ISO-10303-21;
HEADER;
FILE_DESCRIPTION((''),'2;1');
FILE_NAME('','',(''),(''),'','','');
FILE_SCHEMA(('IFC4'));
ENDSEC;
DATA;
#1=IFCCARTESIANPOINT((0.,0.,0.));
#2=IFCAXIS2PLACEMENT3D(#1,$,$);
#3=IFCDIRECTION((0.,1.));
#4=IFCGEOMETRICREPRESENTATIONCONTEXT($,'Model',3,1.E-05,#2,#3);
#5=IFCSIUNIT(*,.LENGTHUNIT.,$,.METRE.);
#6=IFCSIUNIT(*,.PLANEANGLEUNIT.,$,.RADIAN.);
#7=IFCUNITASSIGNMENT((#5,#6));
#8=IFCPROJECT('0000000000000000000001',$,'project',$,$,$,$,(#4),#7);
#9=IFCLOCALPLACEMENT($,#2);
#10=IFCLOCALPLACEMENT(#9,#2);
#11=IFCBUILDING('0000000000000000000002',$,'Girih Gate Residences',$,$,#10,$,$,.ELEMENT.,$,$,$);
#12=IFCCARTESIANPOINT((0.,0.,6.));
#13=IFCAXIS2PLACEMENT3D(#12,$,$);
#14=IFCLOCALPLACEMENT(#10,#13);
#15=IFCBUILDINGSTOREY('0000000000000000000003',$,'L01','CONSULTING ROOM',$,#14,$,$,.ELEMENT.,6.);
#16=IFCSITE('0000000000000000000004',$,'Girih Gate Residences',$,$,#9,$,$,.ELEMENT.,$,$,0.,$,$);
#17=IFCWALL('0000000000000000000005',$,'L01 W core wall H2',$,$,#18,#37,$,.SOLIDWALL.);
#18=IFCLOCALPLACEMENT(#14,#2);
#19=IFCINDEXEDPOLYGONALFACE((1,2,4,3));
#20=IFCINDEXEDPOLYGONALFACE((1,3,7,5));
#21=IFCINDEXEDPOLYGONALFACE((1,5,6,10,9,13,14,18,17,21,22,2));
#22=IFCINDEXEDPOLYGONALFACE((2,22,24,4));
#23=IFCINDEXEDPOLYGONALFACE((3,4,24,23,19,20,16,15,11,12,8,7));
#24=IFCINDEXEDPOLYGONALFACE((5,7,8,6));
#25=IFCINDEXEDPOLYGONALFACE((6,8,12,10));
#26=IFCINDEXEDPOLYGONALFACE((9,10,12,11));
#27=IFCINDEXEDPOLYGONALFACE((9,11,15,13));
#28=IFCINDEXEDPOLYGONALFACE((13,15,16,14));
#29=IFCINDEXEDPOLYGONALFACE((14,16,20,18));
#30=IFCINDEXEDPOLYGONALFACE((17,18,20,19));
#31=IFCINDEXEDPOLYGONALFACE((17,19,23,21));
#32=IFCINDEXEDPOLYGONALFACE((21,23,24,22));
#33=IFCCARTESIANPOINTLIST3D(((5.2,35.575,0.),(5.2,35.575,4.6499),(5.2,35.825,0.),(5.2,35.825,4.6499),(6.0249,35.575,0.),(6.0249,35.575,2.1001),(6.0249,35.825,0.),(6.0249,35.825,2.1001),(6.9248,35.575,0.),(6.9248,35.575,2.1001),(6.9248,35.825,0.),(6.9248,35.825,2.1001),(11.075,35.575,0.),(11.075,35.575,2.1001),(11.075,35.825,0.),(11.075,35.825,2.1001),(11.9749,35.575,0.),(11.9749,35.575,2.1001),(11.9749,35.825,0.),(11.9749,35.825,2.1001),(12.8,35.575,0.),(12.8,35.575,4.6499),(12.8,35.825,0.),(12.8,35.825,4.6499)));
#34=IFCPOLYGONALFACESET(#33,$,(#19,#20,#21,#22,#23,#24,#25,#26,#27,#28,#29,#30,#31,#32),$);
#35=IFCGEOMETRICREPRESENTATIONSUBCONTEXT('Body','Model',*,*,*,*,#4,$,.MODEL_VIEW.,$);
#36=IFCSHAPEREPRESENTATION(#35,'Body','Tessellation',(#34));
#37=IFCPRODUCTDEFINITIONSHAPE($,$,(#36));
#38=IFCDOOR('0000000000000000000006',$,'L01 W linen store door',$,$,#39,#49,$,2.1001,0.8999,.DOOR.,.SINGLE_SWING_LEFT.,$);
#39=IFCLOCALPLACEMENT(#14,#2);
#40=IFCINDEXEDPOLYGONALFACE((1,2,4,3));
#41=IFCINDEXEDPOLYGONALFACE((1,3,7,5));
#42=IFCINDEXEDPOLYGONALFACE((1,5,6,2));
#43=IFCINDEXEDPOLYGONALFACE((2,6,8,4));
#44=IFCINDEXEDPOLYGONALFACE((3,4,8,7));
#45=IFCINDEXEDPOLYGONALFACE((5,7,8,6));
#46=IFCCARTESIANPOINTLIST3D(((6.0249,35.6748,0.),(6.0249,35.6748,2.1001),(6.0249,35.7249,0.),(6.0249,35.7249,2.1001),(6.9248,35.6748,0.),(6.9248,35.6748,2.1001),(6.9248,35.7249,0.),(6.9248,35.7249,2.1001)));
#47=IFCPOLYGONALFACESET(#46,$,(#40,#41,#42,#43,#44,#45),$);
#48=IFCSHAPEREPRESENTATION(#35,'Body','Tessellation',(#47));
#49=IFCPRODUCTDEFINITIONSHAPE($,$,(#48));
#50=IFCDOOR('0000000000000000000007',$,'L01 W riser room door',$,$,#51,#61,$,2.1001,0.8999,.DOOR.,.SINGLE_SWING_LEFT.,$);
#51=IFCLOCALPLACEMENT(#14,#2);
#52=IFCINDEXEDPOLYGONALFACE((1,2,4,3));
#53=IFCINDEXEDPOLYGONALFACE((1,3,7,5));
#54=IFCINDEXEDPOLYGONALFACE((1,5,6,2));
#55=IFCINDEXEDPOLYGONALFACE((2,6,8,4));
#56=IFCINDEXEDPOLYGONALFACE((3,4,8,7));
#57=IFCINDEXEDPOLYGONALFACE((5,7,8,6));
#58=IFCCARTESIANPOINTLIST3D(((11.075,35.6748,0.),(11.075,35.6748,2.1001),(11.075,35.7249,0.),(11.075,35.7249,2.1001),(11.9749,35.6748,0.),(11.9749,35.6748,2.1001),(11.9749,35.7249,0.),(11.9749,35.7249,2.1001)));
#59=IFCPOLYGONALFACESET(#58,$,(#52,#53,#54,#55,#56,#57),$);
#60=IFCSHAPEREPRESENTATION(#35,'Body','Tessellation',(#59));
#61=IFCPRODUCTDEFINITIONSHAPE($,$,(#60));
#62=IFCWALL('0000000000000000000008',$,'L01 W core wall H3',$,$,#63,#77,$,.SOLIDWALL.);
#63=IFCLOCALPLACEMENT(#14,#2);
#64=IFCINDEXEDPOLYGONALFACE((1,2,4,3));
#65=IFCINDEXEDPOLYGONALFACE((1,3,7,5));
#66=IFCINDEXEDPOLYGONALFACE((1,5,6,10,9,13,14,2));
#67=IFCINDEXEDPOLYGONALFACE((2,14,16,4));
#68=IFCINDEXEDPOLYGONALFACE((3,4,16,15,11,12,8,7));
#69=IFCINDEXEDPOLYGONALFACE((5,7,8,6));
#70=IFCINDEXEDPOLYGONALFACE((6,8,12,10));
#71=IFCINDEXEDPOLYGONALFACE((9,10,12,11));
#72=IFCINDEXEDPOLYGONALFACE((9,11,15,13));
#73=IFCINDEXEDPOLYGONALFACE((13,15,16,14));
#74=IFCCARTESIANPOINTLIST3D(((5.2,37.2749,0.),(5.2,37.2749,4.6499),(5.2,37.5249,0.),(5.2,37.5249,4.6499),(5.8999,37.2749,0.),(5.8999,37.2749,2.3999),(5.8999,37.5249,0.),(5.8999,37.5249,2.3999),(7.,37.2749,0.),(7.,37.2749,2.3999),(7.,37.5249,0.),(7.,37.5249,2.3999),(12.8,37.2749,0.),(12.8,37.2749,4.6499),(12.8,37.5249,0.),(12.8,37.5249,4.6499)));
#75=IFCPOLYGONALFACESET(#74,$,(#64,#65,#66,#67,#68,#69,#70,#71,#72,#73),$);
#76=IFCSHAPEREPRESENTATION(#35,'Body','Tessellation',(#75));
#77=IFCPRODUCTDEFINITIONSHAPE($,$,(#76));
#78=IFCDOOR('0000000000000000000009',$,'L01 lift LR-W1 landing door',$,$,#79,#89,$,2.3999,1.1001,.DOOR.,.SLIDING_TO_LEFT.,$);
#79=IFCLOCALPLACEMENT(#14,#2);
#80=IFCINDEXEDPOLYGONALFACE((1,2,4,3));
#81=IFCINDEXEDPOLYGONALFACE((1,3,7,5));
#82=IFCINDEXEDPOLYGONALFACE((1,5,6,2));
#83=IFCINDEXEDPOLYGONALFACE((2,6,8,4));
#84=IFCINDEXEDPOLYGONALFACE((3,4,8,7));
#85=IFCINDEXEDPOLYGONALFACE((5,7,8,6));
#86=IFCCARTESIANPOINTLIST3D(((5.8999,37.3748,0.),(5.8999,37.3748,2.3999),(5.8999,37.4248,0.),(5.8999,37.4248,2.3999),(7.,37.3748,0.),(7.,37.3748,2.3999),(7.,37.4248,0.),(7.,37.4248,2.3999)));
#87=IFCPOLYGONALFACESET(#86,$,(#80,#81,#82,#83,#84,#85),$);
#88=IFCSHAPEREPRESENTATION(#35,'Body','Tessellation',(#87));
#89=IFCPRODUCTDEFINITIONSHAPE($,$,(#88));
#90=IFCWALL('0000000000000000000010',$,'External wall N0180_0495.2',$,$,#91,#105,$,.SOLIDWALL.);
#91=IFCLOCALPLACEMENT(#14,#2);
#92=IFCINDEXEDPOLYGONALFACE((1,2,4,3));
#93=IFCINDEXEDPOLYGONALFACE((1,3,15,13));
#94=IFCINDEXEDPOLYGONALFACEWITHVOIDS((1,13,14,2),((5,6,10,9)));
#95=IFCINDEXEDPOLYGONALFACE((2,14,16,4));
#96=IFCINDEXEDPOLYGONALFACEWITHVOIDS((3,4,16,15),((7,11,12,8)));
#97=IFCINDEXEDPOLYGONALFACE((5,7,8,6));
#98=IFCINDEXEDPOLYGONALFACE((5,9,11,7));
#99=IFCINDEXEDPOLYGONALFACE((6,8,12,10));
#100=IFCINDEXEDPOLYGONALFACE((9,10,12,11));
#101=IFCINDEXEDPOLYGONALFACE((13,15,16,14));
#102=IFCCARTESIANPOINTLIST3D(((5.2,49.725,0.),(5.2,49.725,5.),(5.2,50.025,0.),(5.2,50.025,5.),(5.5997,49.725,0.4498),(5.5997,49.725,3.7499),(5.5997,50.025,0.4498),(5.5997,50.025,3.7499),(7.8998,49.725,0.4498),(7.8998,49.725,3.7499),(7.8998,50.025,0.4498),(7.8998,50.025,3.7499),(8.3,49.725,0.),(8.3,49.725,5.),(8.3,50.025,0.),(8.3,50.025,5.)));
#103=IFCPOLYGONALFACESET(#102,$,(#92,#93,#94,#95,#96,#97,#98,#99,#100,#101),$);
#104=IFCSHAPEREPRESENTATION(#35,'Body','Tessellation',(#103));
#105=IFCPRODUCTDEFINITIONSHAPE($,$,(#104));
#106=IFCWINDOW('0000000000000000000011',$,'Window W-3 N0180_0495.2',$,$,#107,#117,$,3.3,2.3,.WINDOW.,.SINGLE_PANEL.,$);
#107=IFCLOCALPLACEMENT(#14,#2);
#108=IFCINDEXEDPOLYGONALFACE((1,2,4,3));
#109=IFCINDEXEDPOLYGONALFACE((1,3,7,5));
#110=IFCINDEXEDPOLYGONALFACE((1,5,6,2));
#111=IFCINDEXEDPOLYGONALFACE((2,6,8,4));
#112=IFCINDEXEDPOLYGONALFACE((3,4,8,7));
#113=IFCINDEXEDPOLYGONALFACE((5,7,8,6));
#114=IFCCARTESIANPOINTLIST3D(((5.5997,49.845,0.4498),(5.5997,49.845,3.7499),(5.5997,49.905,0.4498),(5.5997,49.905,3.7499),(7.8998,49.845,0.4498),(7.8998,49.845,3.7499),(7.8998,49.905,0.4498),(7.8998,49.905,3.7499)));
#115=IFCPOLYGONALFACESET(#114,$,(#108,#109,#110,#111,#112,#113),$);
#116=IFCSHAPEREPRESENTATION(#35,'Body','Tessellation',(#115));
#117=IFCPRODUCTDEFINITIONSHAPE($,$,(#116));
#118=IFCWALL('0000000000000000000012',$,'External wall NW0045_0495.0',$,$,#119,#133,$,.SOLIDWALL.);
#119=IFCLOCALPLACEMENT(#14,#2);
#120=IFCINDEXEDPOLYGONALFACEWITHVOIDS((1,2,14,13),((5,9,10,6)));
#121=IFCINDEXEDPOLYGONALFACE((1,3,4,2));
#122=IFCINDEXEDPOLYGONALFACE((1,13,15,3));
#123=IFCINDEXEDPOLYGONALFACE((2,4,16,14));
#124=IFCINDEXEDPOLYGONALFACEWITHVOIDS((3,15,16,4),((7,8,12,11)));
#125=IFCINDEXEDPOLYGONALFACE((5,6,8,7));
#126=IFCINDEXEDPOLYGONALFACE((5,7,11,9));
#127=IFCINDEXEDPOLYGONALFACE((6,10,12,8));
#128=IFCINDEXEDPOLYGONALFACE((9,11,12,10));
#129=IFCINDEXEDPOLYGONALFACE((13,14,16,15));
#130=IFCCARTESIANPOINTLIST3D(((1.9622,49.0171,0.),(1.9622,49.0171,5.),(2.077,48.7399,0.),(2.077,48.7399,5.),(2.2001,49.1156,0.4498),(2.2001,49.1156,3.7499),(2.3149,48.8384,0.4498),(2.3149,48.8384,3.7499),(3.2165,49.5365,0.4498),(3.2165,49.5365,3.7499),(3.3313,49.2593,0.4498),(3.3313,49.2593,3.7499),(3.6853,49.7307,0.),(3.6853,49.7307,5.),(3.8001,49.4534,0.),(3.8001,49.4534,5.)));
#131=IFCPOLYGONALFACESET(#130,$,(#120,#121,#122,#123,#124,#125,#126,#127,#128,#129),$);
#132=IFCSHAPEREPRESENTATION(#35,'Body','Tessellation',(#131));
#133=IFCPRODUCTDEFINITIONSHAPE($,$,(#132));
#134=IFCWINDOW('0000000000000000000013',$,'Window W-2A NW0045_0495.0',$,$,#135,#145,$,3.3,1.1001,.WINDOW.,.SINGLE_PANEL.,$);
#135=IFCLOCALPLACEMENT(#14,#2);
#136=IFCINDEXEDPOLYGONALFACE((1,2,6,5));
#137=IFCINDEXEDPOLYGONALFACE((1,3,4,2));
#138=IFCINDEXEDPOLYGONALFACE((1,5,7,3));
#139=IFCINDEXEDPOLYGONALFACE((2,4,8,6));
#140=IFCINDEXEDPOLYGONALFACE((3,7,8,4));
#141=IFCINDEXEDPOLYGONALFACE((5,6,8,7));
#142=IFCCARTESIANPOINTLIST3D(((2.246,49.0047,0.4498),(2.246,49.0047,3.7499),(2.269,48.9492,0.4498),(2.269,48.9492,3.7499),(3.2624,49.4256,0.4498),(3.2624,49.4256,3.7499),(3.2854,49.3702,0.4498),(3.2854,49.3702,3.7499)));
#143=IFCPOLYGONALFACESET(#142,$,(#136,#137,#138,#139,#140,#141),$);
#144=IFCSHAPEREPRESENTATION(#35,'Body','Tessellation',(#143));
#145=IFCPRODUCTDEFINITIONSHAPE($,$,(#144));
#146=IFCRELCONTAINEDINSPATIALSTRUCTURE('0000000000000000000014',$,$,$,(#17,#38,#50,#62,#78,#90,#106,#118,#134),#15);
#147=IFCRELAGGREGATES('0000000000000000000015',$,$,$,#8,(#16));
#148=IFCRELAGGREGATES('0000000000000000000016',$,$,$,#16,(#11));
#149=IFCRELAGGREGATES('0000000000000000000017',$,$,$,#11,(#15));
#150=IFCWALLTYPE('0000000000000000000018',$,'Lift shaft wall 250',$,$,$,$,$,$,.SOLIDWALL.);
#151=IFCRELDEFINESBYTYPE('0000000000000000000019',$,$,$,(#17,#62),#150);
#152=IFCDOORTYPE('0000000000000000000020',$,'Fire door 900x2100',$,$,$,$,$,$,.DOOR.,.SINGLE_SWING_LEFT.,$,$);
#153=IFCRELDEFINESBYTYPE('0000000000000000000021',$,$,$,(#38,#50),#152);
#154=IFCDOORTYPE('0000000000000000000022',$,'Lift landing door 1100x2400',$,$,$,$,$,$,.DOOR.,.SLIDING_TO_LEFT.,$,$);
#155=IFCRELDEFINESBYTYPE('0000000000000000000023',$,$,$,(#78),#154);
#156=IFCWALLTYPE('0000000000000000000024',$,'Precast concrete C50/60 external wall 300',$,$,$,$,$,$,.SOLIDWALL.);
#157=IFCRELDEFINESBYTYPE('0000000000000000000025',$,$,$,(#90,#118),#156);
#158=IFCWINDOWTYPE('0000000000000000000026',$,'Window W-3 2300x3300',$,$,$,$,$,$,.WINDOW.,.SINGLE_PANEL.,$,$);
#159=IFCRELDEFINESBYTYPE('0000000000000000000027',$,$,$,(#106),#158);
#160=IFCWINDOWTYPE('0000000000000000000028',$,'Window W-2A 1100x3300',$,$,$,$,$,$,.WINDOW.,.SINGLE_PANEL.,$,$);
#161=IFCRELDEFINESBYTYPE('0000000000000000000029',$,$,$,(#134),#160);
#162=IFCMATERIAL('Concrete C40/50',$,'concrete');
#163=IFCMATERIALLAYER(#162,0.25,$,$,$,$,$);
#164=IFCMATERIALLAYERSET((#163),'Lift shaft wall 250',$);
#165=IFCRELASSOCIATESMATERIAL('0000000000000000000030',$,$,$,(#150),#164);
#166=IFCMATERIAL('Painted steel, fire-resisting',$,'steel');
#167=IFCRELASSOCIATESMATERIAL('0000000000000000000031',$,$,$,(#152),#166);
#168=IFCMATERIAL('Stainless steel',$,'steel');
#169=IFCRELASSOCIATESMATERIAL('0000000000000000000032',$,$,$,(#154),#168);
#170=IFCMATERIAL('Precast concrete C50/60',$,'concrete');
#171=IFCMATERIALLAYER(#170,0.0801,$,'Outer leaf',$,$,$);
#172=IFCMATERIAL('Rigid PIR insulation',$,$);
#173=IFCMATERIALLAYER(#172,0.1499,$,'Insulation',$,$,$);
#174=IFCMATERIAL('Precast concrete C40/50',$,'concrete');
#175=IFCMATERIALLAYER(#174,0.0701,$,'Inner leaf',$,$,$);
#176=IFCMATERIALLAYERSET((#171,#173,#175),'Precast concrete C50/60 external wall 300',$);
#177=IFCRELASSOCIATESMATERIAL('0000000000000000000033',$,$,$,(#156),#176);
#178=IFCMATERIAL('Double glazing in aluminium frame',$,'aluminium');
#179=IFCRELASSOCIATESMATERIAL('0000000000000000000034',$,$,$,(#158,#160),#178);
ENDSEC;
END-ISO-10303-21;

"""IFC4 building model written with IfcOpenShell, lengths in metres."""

from ifc_helpers import new_model, si_unit, direction, frame, frame_2d, origin, place, context, subcontext, project, spatial, rectangle, extrude, material, layer, layer_set, type_object, element, fill, save


model = new_model("IFC4")

# Units and contexts
model_context = context("Model", 3, precision=1e-05, world=origin(), true_north=direction((0.0, 1.0)))
body_context = subcontext(model_context, "Body", "Model", "MODEL_VIEW")
ifc_project = project(units=[si_unit("LENGTHUNIT", "METRE"), si_unit("PLANEANGLEUNIT", "RADIAN")], contexts=[model_context])

# Site, building, storey
site_placement = place(None, origin())
site = spatial("IfcSite", under=ifc_project, at=site_placement, Name="Girih Gate Residences", CompositionType="ELEMENT", RefElevation=0.0)
building_placement = place(site_placement, origin())
building = spatial("IfcBuilding", under=site, at=building_placement, Name="Girih Gate Residences", CompositionType="ELEMENT")
storey_placement = place(building_placement, frame((0.0, 0.0, 6.0)))
storey = spatial("IfcBuildingStorey", under=building, at=storey_placement, Name="L01", Description="CONSULTING ROOM", CompositionType="ELEMENT", Elevation=6.0)

# Wall, openings, doors
ifc_material_1 = material(Name="Concrete C40/50", Category="concrete")
ifc_layer_1 = layer(ifc_material_1, 0.25)
ifc_layer_set_1 = layer_set([ifc_layer_1], Name="Lift shaft wall 250")
wall_type_1 = type_object("IfcWallType", Name="Lift shaft wall 250", PredefinedType="SOLIDWALL", material=ifc_layer_set_1)
wall_1_placement = place(storey_placement, frame((5.2, 35.7, 0.0), z_axis=(0.0, 0.0, 1.0), x_axis=(1.0, 0.0, 0.0)))
wall_1 = element("IfcWall", 1, at=wall_1_placement, inside=storey, type_object=wall_type_1, Name="L01 W core wall H2", PredefinedType="SOLIDWALL", context=body_context, shape_type="SweptSolid", body=[
    extrude(rectangle(XDim=7.6001, YDim=0.25, at=frame_2d((3.8, 0.0))), origin(), (0.0, 0.0, 1.0), 4.6499),
])
opening_1_placement = place(wall_1_placement, frame((0.825, 0.0, 0.0)))
opening_1 = element("IfcOpeningElement", 2, at=opening_1_placement, cuts=wall_1, PredefinedType="OPENING", context=body_context, shape_type="SweptSolid", body=[
    extrude(rectangle(XDim=0.8999, YDim=2.1001, at=frame_2d((0.45, 1.05))), frame((0.0, 0.135, 0.0), z_axis=(0.0, -1.0, 0.0), x_axis=(1.0, 0.0, 0.0)), (0.0, 0.0, 1.0), 0.27),
])
opening_2_placement = place(wall_1_placement, frame((5.875, 0.0, 0.0)))
opening_2 = element("IfcOpeningElement", 3, at=opening_2_placement, cuts=wall_1, PredefinedType="OPENING", context=body_context, shape_type="SweptSolid", body=[
    extrude(rectangle(XDim=0.8999, YDim=2.1001, at=frame_2d((0.45, 1.05))), frame((0.0, 0.135, 0.0), z_axis=(0.0, -1.0, 0.0), x_axis=(1.0, 0.0, 0.0)), (0.0, 0.0, 1.0), 0.27),
])
ifc_material_2 = material(Name="Painted steel, fire-resisting", Category="steel")
door_type_1 = type_object("IfcDoorType", Name="Fire door 900x2100", OperationType="SINGLE_SWING_LEFT", PredefinedType="DOOR", material=ifc_material_2)
door_1_placement = place(opening_1_placement, origin())
door_1 = element("IfcDoor", 4, at=door_1_placement, inside=storey, type_object=door_type_1, Name="L01 W linen store door", OperationType="SINGLE_SWING_LEFT", OverallHeight=2.1001, OverallWidth=0.8999, PredefinedType="DOOR", context=body_context, shape_type="SweptSolid", body=[
    extrude(rectangle(XDim=0.8999, YDim=2.1001, at=frame_2d((0.45, 1.05))), frame((0.0, 0.0249, 0.0), z_axis=(0.0, -1.0, 0.0), x_axis=(1.0, 0.0, 0.0)), (0.0, 0.0, 1.0), 0.05),
])
fill(opening_1, door_1)
door_2_placement = place(opening_2_placement, origin())
door_2 = element("IfcDoor", 5, at=door_2_placement, inside=storey, type_object=door_type_1, Name="L01 W riser room door", OperationType="SINGLE_SWING_LEFT", OverallHeight=2.1001, OverallWidth=0.8999, PredefinedType="DOOR", context=body_context, shape_type="SweptSolid", body=[
    extrude(rectangle(XDim=0.8999, YDim=2.1001, at=frame_2d((0.45, 1.05))), frame((0.0, 0.0249, 0.0), z_axis=(0.0, -1.0, 0.0), x_axis=(1.0, 0.0, 0.0)), (0.0, 0.0, 1.0), 0.05),
])
fill(opening_2, door_2)

# Wall, opening, door
wall_2_placement = place(storey_placement, frame((5.2, 37.3999, 0.0), z_axis=(0.0, 0.0, 1.0), x_axis=(1.0, 0.0, 0.0)))
wall_2 = element("IfcWall", 6, at=wall_2_placement, inside=storey, type_object=wall_type_1, Name="L01 W core wall H3", PredefinedType="SOLIDWALL", context=body_context, shape_type="SweptSolid", body=[
    extrude(rectangle(XDim=7.6001, YDim=0.25, at=frame_2d((3.8, 0.0))), origin(), (0.0, 0.0, 1.0), 4.6499),
])
opening_3_placement = place(wall_2_placement, frame((0.7, 0.0, 0.0)))
opening_3 = element("IfcOpeningElement", 7, at=opening_3_placement, cuts=wall_2, PredefinedType="OPENING", context=body_context, shape_type="SweptSolid", body=[
    extrude(rectangle(XDim=1.1001, YDim=2.3999, at=frame_2d((0.55, 1.2))), frame((0.0, 0.135, 0.0), z_axis=(0.0, -1.0, 0.0), x_axis=(1.0, 0.0, 0.0)), (0.0, 0.0, 1.0), 0.27),
])
ifc_material_3 = material(Name="Stainless steel", Category="steel")
door_type_2 = type_object("IfcDoorType", Name="Lift landing door 1100x2400", OperationType="SLIDING_TO_LEFT", PredefinedType="DOOR", material=ifc_material_3)
door_3_placement = place(opening_3_placement, origin())
door_3 = element("IfcDoor", 8, at=door_3_placement, inside=storey, type_object=door_type_2, Name="L01 lift LR-W1 landing door", OperationType="SLIDING_TO_LEFT", OverallHeight=2.3999, OverallWidth=1.1001, PredefinedType="DOOR", context=body_context, shape_type="SweptSolid", body=[
    extrude(rectangle(XDim=1.1001, YDim=2.3999, at=frame_2d((0.55, 1.2))), frame((0.0, 0.0249, 0.0), z_axis=(0.0, -1.0, 0.0), x_axis=(1.0, 0.0, 0.0)), (0.0, 0.0, 1.0), 0.05),
])
fill(opening_3, door_3)

# Walls, openings, windows
ifc_material_4 = material(Name="Precast concrete C50/60", Category="concrete")
ifc_layer_2 = layer(ifc_material_4, 0.0801, Name="Outer leaf")
ifc_material_5 = material(Name="Rigid PIR insulation")
ifc_layer_3 = layer(ifc_material_5, 0.1499, Name="Insulation")
ifc_material_6 = material(Name="Precast concrete C40/50", Category="concrete")
ifc_layer_4 = layer(ifc_material_6, 0.0701, Name="Inner leaf")
ifc_layer_set_2 = layer_set([ifc_layer_2, ifc_layer_3, ifc_layer_4], Name="Precast concrete C50/60 external wall 300")
wall_type_2 = type_object("IfcWallType", Name="Precast concrete C50/60 external wall 300", PredefinedType="SOLIDWALL", material=ifc_layer_set_2)
wall_3_placement = place(storey_placement, frame((5.2, 49.875, 0.0), z_axis=(0.0, 0.0, 1.0), x_axis=(1.0, 0.0, 0.0)))
wall_3 = element("IfcWall", 9, at=wall_3_placement, inside=storey, type_object=wall_type_2, Name="External wall N0180_0495.2", PredefinedType="SOLIDWALL", context=body_context, shape_type="SweptSolid", body=[
    extrude(rectangle(XDim=3.1001, YDim=0.3, at=frame_2d((1.55, 0.0))), origin(), (0.0, 0.0, 1.0), 5.0),
])
opening_4_placement = place(wall_3_placement, frame((0.3999, 0.0, 0.45)))
opening_4 = element("IfcOpeningElement", 10, at=opening_4_placement, cuts=wall_3, PredefinedType="OPENING", context=body_context, shape_type="SweptSolid", body=[
    extrude(rectangle(XDim=2.3, YDim=3.3, at=frame_2d((1.1499, 1.6499))), frame((0.0, 0.1599, 0.0), z_axis=(0.0, -1.0, 0.0), x_axis=(1.0, 0.0, 0.0)), (0.0, 0.0, 1.0), 0.3201),
])
ifc_material_7 = material(Name="Double glazing in aluminium frame", Category="aluminium")
window_type_1 = type_object("IfcWindowType", Name="Window W-3 2300x3300", PartitioningType="SINGLE_PANEL", PredefinedType="WINDOW", material=ifc_material_7)
window_1_placement = place(opening_4_placement, origin())
window_1 = element("IfcWindow", 11, at=window_1_placement, inside=storey, type_object=window_type_1, Name="Window W-3 N0180_0495.2", OverallHeight=3.3, OverallWidth=2.3, PartitioningType="SINGLE_PANEL", PredefinedType="WINDOW", context=body_context, shape_type="SweptSolid", body=[
    extrude(rectangle(XDim=2.3, YDim=3.3, at=frame_2d((1.1499, 1.6499))), frame((0.0, 0.03, 0.0), z_axis=(0.0, -1.0, 0.0), x_axis=(1.0, 0.0, 0.0)), (0.0, 0.0, 1.0), 0.0601),
])
fill(opening_4, window_1)
wall_4_placement = place(storey_placement, frame((2.0195, 48.8784, 0.0), z_axis=(0.0, 0.0, 1.0), x_axis=(0.923904, 0.382625, 0.0)))
wall_4 = element("IfcWall", 12, at=wall_4_placement, inside=storey, type_object=wall_type_2, Name="External wall NW0045_0495.0", PredefinedType="SOLIDWALL", context=body_context, shape_type="SweptSolid", body=[
    extrude(rectangle(XDim=1.865, YDim=0.3, at=frame_2d((0.9326, 0.0))), origin(), (0.0, 0.0, 1.0), 5.0),
])
opening_5_placement = place(wall_4_placement, frame((0.2576, 0.0, 0.45)))
opening_5 = element("IfcOpeningElement", 13, at=opening_5_placement, cuts=wall_4, PredefinedType="OPENING", context=body_context, shape_type="SweptSolid", body=[
    extrude(rectangle(XDim=1.1001, YDim=3.3, at=frame_2d((0.55, 1.6499))), frame((0.0, 0.1599, 0.0), z_axis=(0.0, -1.0, 0.0), x_axis=(1.0, 0.0, 0.0)), (0.0, 0.0, 1.0), 0.3201),
])
window_type_2 = type_object("IfcWindowType", Name="Window W-2A 1100x3300", PartitioningType="SINGLE_PANEL", PredefinedType="WINDOW", material=ifc_material_7)
window_2_placement = place(opening_5_placement, origin())
window_2 = element("IfcWindow", 14, at=window_2_placement, inside=storey, type_object=window_type_2, Name="Window W-2A NW0045_0495.0", OverallHeight=3.3, OverallWidth=1.1001, PartitioningType="SINGLE_PANEL", PredefinedType="WINDOW", context=body_context, shape_type="SweptSolid", body=[
    extrude(rectangle(XDim=1.1001, YDim=3.3, at=frame_2d((0.55, 1.6499))), frame((0.0, 0.03, 0.0), z_axis=(0.0, -1.0, 0.0), x_axis=(1.0, 0.0, 0.0)), (0.0, 0.0, 1.0), 0.0601),
])
fill(opening_5, window_2)

save(model, "model.ifc")
